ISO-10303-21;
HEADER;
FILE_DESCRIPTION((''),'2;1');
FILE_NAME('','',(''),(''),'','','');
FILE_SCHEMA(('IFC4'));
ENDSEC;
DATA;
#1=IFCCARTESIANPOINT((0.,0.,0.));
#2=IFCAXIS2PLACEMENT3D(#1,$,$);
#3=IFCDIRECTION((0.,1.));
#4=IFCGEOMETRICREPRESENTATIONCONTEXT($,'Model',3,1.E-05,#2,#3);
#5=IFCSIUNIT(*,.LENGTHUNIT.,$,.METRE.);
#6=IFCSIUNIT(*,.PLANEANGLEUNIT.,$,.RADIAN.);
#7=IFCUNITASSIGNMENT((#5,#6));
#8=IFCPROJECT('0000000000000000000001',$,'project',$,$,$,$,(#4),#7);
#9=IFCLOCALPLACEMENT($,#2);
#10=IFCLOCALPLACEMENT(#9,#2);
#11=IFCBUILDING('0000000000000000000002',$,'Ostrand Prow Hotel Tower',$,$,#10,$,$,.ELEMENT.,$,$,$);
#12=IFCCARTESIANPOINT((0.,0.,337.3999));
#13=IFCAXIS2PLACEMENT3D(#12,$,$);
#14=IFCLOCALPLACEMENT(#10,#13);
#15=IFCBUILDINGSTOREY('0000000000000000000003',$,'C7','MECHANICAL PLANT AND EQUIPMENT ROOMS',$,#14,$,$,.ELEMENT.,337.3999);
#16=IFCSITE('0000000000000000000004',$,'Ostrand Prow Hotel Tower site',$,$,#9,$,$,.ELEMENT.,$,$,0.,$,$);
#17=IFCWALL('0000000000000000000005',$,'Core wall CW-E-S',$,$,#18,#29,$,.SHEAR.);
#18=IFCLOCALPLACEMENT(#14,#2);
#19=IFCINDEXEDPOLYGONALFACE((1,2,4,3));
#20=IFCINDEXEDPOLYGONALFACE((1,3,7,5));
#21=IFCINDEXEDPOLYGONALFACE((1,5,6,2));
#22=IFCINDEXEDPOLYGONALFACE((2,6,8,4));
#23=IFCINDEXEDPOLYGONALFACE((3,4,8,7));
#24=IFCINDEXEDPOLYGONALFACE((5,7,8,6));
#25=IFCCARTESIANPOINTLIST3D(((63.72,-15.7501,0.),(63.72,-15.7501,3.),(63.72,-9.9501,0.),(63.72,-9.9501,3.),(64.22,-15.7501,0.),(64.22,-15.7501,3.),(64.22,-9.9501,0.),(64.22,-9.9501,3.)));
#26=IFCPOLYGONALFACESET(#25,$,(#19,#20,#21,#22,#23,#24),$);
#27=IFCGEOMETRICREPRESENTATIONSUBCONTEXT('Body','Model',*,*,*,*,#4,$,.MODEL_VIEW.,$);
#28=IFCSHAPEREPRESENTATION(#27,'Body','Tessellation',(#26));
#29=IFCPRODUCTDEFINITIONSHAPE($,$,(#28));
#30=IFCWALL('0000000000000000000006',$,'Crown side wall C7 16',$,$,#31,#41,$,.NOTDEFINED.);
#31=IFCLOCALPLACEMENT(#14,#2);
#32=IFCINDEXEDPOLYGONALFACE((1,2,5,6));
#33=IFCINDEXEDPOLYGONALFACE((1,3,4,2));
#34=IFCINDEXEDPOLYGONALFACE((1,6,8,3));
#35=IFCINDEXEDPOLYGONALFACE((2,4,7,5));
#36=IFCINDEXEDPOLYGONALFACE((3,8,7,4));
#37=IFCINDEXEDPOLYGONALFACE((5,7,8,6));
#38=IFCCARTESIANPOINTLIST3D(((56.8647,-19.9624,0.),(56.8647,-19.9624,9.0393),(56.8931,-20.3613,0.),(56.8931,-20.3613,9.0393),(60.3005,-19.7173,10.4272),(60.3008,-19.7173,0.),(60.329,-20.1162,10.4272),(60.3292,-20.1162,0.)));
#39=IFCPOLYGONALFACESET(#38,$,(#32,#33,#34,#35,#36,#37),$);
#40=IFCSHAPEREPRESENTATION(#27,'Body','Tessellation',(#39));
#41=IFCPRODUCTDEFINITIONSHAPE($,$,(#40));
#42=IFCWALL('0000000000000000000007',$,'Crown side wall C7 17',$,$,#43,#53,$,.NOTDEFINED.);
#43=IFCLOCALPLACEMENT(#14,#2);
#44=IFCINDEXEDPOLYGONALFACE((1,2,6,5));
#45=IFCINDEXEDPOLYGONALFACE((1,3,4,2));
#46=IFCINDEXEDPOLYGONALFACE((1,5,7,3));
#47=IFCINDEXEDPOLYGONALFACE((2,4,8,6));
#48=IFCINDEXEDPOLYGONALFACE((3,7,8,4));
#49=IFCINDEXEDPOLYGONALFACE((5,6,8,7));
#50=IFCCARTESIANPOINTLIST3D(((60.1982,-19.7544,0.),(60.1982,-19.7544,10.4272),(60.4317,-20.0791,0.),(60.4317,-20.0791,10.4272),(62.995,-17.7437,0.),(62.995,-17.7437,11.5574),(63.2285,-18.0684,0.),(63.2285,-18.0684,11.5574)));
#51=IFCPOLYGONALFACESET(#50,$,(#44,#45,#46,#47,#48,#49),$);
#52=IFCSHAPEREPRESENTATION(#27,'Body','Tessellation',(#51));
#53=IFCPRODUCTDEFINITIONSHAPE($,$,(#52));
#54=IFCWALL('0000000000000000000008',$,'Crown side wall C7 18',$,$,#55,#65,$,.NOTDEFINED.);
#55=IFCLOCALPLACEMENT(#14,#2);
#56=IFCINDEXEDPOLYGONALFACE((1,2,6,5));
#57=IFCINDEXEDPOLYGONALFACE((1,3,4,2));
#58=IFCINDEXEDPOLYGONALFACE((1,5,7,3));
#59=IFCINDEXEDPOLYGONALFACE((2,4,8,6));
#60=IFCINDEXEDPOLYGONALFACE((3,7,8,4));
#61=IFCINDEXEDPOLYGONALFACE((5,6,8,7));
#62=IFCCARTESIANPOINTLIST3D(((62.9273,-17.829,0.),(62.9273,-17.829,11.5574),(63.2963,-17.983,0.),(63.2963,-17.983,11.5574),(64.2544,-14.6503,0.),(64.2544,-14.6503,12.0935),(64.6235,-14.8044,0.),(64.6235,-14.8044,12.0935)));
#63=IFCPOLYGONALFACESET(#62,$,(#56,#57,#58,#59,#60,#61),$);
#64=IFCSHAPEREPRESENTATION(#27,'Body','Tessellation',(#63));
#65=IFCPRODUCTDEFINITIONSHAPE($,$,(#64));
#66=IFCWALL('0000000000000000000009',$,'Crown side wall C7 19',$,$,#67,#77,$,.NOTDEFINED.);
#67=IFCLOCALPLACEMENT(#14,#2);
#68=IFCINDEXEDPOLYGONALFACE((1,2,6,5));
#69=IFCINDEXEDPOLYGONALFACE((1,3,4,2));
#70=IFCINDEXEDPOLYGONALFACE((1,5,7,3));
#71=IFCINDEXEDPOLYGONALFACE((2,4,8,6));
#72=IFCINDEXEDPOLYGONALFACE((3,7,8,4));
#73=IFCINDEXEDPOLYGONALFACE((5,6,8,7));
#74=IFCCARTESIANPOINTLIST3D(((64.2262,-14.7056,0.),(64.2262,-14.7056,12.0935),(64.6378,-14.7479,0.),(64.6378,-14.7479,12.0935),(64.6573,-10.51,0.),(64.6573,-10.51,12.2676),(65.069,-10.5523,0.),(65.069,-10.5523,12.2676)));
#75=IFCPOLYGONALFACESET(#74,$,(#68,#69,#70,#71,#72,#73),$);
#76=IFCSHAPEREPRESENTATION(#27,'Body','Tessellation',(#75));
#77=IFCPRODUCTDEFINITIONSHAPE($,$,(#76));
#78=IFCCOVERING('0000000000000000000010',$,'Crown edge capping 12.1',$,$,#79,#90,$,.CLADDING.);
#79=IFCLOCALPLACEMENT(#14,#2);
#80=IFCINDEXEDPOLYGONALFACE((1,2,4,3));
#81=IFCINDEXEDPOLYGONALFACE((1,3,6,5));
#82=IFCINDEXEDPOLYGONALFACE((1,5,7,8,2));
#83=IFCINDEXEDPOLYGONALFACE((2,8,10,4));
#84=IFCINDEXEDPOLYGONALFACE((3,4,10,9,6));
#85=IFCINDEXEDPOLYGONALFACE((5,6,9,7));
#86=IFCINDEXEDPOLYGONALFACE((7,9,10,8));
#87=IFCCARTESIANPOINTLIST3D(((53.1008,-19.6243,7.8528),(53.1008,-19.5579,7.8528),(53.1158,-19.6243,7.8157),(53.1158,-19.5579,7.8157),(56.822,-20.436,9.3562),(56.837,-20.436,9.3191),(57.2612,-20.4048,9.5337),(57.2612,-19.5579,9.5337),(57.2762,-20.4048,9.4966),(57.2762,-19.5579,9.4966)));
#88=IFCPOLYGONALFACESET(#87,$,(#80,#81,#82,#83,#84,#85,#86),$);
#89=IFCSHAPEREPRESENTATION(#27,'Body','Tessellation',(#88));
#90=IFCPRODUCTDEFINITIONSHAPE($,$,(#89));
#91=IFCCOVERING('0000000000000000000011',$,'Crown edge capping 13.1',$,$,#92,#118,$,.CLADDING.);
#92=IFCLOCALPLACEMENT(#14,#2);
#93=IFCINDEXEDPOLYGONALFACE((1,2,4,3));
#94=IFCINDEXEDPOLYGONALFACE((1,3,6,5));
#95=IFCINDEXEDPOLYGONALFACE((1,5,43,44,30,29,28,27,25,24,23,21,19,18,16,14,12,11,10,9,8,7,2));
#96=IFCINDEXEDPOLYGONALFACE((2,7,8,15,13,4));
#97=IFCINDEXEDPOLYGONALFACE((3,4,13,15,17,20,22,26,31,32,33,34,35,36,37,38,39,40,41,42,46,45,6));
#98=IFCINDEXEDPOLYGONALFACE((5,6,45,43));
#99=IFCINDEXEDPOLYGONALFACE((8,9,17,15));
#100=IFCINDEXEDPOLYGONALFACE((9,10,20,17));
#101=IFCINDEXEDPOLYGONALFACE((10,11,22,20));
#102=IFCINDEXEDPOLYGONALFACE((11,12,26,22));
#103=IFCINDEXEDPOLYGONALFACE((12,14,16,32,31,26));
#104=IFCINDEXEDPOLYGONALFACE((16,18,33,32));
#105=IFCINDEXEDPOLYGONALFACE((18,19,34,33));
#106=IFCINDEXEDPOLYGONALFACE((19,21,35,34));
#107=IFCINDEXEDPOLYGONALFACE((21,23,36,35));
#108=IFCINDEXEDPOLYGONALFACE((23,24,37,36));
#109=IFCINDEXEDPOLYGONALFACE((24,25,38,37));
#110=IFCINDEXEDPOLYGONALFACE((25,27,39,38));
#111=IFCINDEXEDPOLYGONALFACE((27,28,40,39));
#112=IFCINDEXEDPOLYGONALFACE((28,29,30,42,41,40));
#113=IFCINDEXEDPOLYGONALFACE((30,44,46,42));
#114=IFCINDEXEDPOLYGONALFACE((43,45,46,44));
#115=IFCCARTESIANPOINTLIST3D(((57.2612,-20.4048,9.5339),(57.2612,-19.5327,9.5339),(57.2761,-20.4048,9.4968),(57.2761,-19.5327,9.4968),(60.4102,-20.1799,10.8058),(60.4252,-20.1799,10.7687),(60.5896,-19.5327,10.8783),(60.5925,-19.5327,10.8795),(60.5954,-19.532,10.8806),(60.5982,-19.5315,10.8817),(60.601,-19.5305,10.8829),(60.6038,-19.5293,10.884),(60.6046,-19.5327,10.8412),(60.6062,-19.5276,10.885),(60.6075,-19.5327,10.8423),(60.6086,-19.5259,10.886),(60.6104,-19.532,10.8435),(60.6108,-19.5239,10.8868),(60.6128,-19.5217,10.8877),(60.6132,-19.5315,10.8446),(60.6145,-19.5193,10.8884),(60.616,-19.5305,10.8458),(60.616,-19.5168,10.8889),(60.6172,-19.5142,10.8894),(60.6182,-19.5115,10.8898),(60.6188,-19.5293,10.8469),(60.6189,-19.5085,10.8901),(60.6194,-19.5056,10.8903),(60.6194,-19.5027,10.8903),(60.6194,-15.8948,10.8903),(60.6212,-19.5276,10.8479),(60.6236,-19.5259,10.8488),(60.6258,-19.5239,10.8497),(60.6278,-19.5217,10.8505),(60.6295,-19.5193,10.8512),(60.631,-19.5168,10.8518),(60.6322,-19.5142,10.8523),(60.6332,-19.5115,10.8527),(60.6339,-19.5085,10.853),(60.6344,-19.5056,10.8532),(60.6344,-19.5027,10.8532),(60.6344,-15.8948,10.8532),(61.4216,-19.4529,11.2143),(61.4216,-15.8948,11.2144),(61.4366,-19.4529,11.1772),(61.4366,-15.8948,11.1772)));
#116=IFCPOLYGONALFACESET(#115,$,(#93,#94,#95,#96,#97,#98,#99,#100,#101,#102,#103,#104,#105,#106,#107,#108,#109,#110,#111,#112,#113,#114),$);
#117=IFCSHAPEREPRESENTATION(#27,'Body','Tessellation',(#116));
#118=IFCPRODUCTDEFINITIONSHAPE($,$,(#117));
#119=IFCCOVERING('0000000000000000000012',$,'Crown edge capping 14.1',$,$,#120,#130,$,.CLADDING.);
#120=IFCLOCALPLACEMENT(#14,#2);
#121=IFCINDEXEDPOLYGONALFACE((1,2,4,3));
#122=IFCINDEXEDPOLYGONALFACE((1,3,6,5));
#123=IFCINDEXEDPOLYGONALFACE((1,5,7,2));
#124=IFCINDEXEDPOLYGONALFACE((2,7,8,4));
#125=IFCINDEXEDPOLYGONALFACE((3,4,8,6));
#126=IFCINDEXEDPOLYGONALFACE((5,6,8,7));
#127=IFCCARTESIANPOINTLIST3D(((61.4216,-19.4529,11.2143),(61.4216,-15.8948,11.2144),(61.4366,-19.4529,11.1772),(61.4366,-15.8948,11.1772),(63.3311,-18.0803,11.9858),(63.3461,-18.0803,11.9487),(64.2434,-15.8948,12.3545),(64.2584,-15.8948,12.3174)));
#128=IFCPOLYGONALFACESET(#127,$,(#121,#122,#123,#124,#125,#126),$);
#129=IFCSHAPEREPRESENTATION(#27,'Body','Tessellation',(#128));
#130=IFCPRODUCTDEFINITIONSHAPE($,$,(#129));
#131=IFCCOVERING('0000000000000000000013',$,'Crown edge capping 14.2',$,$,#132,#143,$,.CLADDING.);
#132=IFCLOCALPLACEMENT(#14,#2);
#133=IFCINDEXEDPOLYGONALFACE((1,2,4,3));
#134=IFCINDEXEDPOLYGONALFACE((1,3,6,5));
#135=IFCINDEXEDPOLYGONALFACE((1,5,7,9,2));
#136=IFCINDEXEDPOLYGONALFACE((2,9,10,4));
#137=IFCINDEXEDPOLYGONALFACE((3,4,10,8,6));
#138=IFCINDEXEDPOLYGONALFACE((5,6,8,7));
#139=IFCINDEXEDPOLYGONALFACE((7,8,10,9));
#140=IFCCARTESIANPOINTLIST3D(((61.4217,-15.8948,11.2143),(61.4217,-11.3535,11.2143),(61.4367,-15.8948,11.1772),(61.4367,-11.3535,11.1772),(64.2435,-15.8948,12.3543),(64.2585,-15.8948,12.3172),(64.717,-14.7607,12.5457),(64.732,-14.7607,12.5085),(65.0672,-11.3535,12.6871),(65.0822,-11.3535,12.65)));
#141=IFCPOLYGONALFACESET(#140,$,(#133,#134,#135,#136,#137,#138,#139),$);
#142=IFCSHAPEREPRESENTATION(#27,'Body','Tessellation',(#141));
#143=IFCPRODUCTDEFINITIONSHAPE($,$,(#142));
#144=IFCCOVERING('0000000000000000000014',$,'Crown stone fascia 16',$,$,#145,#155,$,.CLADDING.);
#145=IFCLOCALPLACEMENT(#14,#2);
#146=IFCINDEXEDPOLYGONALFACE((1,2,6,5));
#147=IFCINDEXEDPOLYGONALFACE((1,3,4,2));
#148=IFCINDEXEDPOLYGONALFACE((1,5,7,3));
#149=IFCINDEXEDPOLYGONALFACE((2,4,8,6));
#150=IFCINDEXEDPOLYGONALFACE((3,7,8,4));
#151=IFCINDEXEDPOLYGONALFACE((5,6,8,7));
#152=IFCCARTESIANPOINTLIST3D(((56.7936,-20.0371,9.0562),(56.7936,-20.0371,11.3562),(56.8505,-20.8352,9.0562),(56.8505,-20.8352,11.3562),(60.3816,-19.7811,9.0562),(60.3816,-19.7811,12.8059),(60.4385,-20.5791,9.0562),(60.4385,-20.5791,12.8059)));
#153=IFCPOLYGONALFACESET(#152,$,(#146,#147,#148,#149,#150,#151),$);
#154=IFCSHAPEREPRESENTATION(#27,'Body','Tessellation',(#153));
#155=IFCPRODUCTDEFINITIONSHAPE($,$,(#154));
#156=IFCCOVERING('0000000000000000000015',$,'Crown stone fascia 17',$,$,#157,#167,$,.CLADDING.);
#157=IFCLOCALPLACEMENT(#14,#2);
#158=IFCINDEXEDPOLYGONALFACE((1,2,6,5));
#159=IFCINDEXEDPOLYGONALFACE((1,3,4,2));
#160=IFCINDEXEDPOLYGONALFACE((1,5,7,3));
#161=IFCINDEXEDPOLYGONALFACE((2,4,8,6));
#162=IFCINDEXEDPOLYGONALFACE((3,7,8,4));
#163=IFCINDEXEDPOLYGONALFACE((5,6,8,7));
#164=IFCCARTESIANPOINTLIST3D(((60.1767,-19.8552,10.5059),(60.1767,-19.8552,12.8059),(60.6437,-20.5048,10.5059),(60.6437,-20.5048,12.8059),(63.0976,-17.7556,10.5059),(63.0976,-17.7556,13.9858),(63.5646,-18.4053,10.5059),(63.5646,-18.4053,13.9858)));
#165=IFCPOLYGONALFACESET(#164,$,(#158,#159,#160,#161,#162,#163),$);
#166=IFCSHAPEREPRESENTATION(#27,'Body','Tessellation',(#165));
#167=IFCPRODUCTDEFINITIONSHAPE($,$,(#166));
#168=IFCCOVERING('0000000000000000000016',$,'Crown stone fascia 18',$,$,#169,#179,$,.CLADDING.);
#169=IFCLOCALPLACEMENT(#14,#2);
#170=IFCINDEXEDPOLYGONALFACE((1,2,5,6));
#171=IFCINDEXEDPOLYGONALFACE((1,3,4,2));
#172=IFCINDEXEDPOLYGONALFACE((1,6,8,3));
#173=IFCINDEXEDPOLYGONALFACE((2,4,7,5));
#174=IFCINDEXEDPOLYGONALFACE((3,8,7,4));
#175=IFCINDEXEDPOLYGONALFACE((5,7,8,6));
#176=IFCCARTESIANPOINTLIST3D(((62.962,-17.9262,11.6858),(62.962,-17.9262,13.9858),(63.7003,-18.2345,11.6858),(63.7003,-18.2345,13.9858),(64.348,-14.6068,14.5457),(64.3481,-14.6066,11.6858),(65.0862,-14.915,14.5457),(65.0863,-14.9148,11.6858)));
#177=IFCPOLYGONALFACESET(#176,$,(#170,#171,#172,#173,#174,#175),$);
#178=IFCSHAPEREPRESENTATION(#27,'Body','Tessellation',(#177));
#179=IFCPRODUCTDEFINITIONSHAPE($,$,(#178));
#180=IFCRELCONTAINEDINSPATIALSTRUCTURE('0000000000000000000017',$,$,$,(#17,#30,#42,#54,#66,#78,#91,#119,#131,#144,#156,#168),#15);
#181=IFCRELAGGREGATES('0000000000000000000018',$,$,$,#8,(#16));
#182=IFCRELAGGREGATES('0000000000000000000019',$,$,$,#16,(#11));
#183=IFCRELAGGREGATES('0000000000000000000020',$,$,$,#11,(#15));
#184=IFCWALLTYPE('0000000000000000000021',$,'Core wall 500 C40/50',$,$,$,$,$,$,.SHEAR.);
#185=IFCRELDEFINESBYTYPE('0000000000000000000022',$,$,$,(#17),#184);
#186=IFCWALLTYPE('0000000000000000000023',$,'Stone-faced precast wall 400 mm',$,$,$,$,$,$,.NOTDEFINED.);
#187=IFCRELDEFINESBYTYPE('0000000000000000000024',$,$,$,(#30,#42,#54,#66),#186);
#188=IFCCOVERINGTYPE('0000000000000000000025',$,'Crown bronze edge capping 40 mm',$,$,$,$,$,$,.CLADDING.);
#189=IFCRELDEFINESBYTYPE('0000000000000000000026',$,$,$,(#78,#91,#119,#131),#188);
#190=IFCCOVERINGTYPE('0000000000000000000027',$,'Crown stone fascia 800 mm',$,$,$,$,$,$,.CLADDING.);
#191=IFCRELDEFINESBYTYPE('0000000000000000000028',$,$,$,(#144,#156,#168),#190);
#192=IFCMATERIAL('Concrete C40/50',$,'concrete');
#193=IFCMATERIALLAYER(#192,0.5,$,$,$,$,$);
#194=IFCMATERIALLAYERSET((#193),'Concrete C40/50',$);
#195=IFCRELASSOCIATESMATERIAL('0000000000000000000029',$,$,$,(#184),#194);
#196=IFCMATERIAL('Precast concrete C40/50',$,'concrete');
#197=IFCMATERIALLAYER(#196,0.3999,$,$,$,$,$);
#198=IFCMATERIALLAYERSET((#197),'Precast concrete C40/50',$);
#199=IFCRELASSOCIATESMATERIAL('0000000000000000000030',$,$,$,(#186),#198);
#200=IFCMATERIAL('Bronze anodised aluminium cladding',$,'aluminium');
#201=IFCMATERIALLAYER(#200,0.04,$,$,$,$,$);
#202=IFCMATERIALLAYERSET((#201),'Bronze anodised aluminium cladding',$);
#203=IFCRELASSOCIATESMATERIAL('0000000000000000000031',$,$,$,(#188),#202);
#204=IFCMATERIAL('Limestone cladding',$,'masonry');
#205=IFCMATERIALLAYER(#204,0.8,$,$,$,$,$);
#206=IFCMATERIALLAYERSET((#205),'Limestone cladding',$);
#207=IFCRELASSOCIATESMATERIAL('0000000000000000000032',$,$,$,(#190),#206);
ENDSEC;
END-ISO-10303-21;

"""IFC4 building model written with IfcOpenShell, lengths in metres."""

from ifc_helpers import new_model, si_unit, direction, frame, frame_2d, origin, place, context, subcontext, project, spatial, polyline, rectangle, outline, extrude, material, layer, layer_set, type_object, element, save


model = new_model("IFC4")

# Units and contexts
model_context = context("Model", 3, precision=1e-05, world=origin(), true_north=direction((0.0, 1.0)))
body_context = subcontext(model_context, "Body", "Model", "MODEL_VIEW")
ifc_project = project(units=[si_unit("LENGTHUNIT", "METRE"), si_unit("PLANEANGLEUNIT", "RADIAN")], contexts=[model_context])

# Site, building, storey
site_placement = place(None, origin())
site = spatial("IfcSite", under=ifc_project, at=site_placement, Name="Ostrand Prow Hotel Tower site", CompositionType="ELEMENT", RefElevation=0.0)
building_placement = place(site_placement, origin())
building = spatial("IfcBuilding", under=site, at=building_placement, Name="Ostrand Prow Hotel Tower", CompositionType="ELEMENT")
storey_placement = place(building_placement, frame((0.0, 0.0, 337.3999)))
storey = spatial("IfcBuildingStorey", under=building, at=storey_placement, Name="C7", Description="MECHANICAL PLANT AND EQUIPMENT ROOMS", CompositionType="ELEMENT", Elevation=337.3999)

# Walls
ifc_material_1 = material(Name="Concrete C40/50", Category="concrete")
ifc_layer_1 = layer(ifc_material_1, 0.5)
ifc_layer_set_1 = layer_set([ifc_layer_1], Name="Concrete C40/50")
wall_type_1 = type_object("IfcWallType", Name="Core wall 500 C40/50", PredefinedType="SHEAR", material=ifc_layer_set_1)
wall_1_placement = place(storey_placement, frame((63.97, -15.75, 0.0), z_axis=(0.0, 0.0, 1.0), x_axis=(0.0, 1.0, 0.0)))
element("IfcWall", 1, at=wall_1_placement, inside=storey, type_object=wall_type_1, Name="Core wall CW-E-S", PredefinedType="SHEAR", context=body_context, shape_type="SweptSolid", body=[
    extrude(rectangle(XDim=5.8, YDim=0.5, at=frame_2d((2.8999, 0.0))), origin(), (0.0, 0.0, 1.0), 3.0),
])
ifc_material_2 = material(Name="Precast concrete C40/50", Category="concrete")
ifc_layer_2 = layer(ifc_material_2, 0.3999)
ifc_layer_set_2 = layer_set([ifc_layer_2], Name="Precast concrete C40/50")
wall_type_2 = type_object("IfcWallType", Name="Stone-faced precast wall 400 mm", PredefinedType="NOTDEFINED", material=ifc_layer_set_2)
wall_2_placement = place(storey_placement, frame((56.8789, -20.1619, 0.0), z_axis=(0.0, 0.0, 1.0), x_axis=(0.997465, 0.071156, 0.0)))
element("IfcWall", 2, at=wall_2_placement, inside=storey, type_object=wall_type_2, Name="Crown side wall C7 16", PredefinedType="NOTDEFINED", context=body_context, shape_type="SweptSolid", body=[
    extrude(outline(polyline([(0.0, 0.0), (3.4448, 0.0), (3.4446, 10.4272), (0.0, 9.0393), (0.0, 0.0)])), frame((0.0, 0.2, 0.0), z_axis=(0.0, -1.0, 0.0), x_axis=(1.0, 0.0, 0.0)), (0.0, 0.0, 1.0), 0.3999),
])
wall_3_placement = place(storey_placement, frame((60.3149, -19.9167, 0.0), z_axis=(0.0, 0.0, 1.0), x_axis=(0.811948, 0.58373, 0.0)))
element("IfcWall", 3, at=wall_3_placement, inside=storey, type_object=wall_type_2, Name="Crown side wall C7 17", PredefinedType="NOTDEFINED", context=body_context, shape_type="SweptSolid", body=[
    extrude(outline(polyline([(0.0, 0.0), (3.4446, 0.0), (3.4446, 11.5574), (0.0, 10.4272), (0.0, 0.0)])), frame((0.0, 0.2, 0.0), z_axis=(0.0, -1.0, 0.0), x_axis=(1.0, 0.0, 0.0)), (0.0, 0.0, 1.0), 0.3999),
])
wall_4_placement = place(storey_placement, frame((63.1118, -17.906, 0.0), z_axis=(0.0, 0.0, 1.0), x_axis=(0.38528, 0.9228, 0.0)))
element("IfcWall", 4, at=wall_4_placement, inside=storey, type_object=wall_type_2, Name="Crown side wall C7 18", PredefinedType="NOTDEFINED", context=body_context, shape_type="SweptSolid", body=[
    extrude(outline(polyline([(0.0, 0.0), (3.4446, 0.0), (3.4446, 12.0935), (0.0, 11.5574), (0.0, 0.0)])), frame((0.0, 0.2, 0.0), z_axis=(0.0, -1.0, 0.0), x_axis=(1.0, 0.0, 0.0)), (0.0, 0.0, 1.0), 0.3999),
])
wall_5_placement = place(storey_placement, frame((64.4321, -14.7268, 0.0), z_axis=(0.0, 0.0, 1.0), x_axis=(0.10222, 0.994762, 0.0)))
element("IfcWall", 5, at=wall_5_placement, inside=storey, type_object=wall_type_2, Name="Crown side wall C7 19", PredefinedType="NOTDEFINED", context=body_context, shape_type="SweptSolid", body=[
    extrude(outline(polyline([(0.0, 0.0), (4.2178, 0.0), (4.2178, 12.2676), (0.0, 12.0935), (0.0, 0.0)])), frame((0.0, 0.207, 0.0), z_axis=(0.0, -1.0, 0.0), x_axis=(1.0, 0.0, 0.0)), (0.0, 0.0, 1.0), 0.4138),
])

# Coverings
ifc_material_3 = material(Name="Bronze anodised aluminium cladding", Category="aluminium")
ifc_layer_3 = layer(ifc_material_3, 0.04)
ifc_layer_set_3 = layer_set([ifc_layer_3], Name="Bronze anodised aluminium cladding")
covering_type_1 = type_object("IfcCoveringType", Name="Crown bronze edge capping 40 mm", PredefinedType="CLADDING", material=ifc_layer_set_3)
covering_1_placement = place(storey_placement, frame((57.2612, -20.4048, 9.5337), z_axis=(-0.374612, -0.000035, 0.927182), x_axis=(-0.000013, 1.0, 0.000032)))
element("IfcCovering", 6, at=covering_1_placement, inside=storey, type_object=covering_type_1, Name="Crown edge capping 12.1", PredefinedType="CLADDING", context=body_context, shape_type="SweptSolid", body=[
    extrude(outline(polyline([(0.0, 0.0), (0.8469, 0.0), (0.8469, 4.4871), (0.7805, 4.4871), (-0.0313, 0.4737), (0.0, 0.0)])), origin(), (0.0, 0.0, -1.0), 0.04),
])
covering_2_placement = place(storey_placement, frame((61.4216, -15.8948, 11.2144), z_axis=(-0.374515, -0.000002, 0.927221), x_axis=(-0.927221, 0.0, -0.374515)))
element("IfcCovering", 7, at=covering_2_placement, inside=storey, type_object=covering_type_1, Name="Crown edge capping 13.1", PredefinedType="CLADDING", context=body_context, shape_type="SweptSolid", body=[
    extrude(outline(polyline([(0.0, 0.0), (0.8652, 0.0), (0.8652, 3.6079), (0.8652, 3.6108), (0.8657, 3.6138), (0.8665, 3.6167), (0.8676, 3.6194), (0.8689, 3.6221), (0.8705, 3.6245), (0.8723, 3.627), (0.8745, 3.6292), (0.8768, 3.6311), (0.8794, 3.6328), (0.8821, 3.6345), (0.885, 3.6357), (0.8881, 3.6367), (0.891, 3.6372), (0.8942, 3.6379), (0.8973, 3.6379), (4.487, 3.6379), (4.487, 4.51), (1.0908, 4.2852), (0.0, 3.5581), (0.0, 0.0)])), origin(), (0.0, 0.0, -1.0), 0.04),
])
covering_3_placement = place(storey_placement, frame((63.3311, -18.0803, 11.9858), z_axis=(-0.374621, -0.000003, 0.927178), x_axis=(0.380648, 0.91184, 0.153802)))
element("IfcCovering", 8, at=covering_3_placement, inside=storey, type_object=covering_type_1, Name="Crown edge capping 14.1", PredefinedType="CLADDING", context=body_context, shape_type="SweptSolid", body=[
    extrude(outline(polyline([(0.0, 0.0), (2.3969, 0.0), (1.1474, 2.7751), (-2.097, 1.3143), (0.0, 0.0)])), origin(), (0.0, 0.0, -1.0), 0.04),
])
covering_4_placement = place(storey_placement, frame((64.717, -14.7607, 12.5457), z_axis=(-0.374594, 0.000001, 0.927189), x_axis=(0.102143, 0.993914, 0.041265)))
element("IfcCovering", 9, at=covering_4_placement, inside=storey, type_object=covering_type_1, Name="Crown edge capping 14.2", PredefinedType="CLADDING", context=body_context, shape_type="SweptSolid", body=[
    extrude(outline(polyline([(0.0, 0.0), (3.4281, 0.0), (2.995, 3.9079), (-1.5187, 3.4076), (-1.1834, 0.3827), (0.0, 0.0)])), origin(), (0.0, 0.0, -1.0), 0.04),
])
ifc_material_4 = material(Name="Limestone cladding", Category="masonry")
ifc_layer_4 = layer(ifc_material_4, 0.8)
ifc_layer_set_4 = layer_set([ifc_layer_4], Name="Limestone cladding")
covering_type_2 = type_object("IfcCoveringType", Name="Crown stone fascia 800 mm", PredefinedType="CLADDING", material=ifc_layer_set_4)
covering_5_placement = place(storey_placement, frame((56.822, -20.436, 9.0562), z_axis=(0.0, 0.0, 1.0), x_axis=(0.997462, 0.071194, 0.0)))
element("IfcCovering", 10, at=covering_5_placement, inside=storey, type_object=covering_type_2, Name="Crown stone fascia 16", PredefinedType="CLADDING", context=body_context, shape_type="SweptSolid", body=[
    extrude(outline(polyline([(0.0, 0.0), (3.5972, 0.0), (3.5972, 3.7498), (0.0, 2.3), (0.0, 0.0)])), frame((0.0, 0.3999, 0.0), z_axis=(0.0, -1.0, 0.0), x_axis=(1.0, 0.0, 0.0)), (0.0, 0.0, 1.0), 0.8),
])
covering_6_placement = place(storey_placement, frame((60.4102, -20.1799, 10.5059), z_axis=(0.0, 0.0, 1.0), x_axis=(0.811987, 0.583675, 0.0)))
element("IfcCovering", 11, at=covering_6_placement, inside=storey, type_object=covering_type_2, Name="Crown stone fascia 17", PredefinedType="CLADDING", context=body_context, shape_type="SweptSolid", body=[
    extrude(outline(polyline([(0.0, 0.0), (3.5972, 0.0), (3.5972, 3.48), (0.0, 2.3), (0.0, 0.0)])), frame((0.0, 0.3999, 0.0), z_axis=(0.0, -1.0, 0.0), x_axis=(1.0, 0.0, 0.0)), (0.0, 0.0, 1.0), 0.8),
])
covering_7_placement = place(storey_placement, frame((63.3311, -18.0803, 11.6858), z_axis=(0.0, 0.0, 1.0), x_axis=(0.385285, 0.922798, 0.0)))
element("IfcCovering", 12, at=covering_7_placement, inside=storey, type_object=covering_type_2, Name="Crown stone fascia 18", PredefinedType="CLADDING", context=body_context, shape_type="SweptSolid", body=[
    extrude(outline(polyline([(0.0, 0.0), (3.5974, 0.0), (3.5972, 2.8599), (0.0, 2.3), (0.0, 0.0)])), frame((0.0, 0.3999, 0.0), z_axis=(0.0, -1.0, 0.0), x_axis=(1.0, 0.0, 0.0)), (0.0, 0.0, 1.0), 0.8),
])

save(model, "model.ifc")
